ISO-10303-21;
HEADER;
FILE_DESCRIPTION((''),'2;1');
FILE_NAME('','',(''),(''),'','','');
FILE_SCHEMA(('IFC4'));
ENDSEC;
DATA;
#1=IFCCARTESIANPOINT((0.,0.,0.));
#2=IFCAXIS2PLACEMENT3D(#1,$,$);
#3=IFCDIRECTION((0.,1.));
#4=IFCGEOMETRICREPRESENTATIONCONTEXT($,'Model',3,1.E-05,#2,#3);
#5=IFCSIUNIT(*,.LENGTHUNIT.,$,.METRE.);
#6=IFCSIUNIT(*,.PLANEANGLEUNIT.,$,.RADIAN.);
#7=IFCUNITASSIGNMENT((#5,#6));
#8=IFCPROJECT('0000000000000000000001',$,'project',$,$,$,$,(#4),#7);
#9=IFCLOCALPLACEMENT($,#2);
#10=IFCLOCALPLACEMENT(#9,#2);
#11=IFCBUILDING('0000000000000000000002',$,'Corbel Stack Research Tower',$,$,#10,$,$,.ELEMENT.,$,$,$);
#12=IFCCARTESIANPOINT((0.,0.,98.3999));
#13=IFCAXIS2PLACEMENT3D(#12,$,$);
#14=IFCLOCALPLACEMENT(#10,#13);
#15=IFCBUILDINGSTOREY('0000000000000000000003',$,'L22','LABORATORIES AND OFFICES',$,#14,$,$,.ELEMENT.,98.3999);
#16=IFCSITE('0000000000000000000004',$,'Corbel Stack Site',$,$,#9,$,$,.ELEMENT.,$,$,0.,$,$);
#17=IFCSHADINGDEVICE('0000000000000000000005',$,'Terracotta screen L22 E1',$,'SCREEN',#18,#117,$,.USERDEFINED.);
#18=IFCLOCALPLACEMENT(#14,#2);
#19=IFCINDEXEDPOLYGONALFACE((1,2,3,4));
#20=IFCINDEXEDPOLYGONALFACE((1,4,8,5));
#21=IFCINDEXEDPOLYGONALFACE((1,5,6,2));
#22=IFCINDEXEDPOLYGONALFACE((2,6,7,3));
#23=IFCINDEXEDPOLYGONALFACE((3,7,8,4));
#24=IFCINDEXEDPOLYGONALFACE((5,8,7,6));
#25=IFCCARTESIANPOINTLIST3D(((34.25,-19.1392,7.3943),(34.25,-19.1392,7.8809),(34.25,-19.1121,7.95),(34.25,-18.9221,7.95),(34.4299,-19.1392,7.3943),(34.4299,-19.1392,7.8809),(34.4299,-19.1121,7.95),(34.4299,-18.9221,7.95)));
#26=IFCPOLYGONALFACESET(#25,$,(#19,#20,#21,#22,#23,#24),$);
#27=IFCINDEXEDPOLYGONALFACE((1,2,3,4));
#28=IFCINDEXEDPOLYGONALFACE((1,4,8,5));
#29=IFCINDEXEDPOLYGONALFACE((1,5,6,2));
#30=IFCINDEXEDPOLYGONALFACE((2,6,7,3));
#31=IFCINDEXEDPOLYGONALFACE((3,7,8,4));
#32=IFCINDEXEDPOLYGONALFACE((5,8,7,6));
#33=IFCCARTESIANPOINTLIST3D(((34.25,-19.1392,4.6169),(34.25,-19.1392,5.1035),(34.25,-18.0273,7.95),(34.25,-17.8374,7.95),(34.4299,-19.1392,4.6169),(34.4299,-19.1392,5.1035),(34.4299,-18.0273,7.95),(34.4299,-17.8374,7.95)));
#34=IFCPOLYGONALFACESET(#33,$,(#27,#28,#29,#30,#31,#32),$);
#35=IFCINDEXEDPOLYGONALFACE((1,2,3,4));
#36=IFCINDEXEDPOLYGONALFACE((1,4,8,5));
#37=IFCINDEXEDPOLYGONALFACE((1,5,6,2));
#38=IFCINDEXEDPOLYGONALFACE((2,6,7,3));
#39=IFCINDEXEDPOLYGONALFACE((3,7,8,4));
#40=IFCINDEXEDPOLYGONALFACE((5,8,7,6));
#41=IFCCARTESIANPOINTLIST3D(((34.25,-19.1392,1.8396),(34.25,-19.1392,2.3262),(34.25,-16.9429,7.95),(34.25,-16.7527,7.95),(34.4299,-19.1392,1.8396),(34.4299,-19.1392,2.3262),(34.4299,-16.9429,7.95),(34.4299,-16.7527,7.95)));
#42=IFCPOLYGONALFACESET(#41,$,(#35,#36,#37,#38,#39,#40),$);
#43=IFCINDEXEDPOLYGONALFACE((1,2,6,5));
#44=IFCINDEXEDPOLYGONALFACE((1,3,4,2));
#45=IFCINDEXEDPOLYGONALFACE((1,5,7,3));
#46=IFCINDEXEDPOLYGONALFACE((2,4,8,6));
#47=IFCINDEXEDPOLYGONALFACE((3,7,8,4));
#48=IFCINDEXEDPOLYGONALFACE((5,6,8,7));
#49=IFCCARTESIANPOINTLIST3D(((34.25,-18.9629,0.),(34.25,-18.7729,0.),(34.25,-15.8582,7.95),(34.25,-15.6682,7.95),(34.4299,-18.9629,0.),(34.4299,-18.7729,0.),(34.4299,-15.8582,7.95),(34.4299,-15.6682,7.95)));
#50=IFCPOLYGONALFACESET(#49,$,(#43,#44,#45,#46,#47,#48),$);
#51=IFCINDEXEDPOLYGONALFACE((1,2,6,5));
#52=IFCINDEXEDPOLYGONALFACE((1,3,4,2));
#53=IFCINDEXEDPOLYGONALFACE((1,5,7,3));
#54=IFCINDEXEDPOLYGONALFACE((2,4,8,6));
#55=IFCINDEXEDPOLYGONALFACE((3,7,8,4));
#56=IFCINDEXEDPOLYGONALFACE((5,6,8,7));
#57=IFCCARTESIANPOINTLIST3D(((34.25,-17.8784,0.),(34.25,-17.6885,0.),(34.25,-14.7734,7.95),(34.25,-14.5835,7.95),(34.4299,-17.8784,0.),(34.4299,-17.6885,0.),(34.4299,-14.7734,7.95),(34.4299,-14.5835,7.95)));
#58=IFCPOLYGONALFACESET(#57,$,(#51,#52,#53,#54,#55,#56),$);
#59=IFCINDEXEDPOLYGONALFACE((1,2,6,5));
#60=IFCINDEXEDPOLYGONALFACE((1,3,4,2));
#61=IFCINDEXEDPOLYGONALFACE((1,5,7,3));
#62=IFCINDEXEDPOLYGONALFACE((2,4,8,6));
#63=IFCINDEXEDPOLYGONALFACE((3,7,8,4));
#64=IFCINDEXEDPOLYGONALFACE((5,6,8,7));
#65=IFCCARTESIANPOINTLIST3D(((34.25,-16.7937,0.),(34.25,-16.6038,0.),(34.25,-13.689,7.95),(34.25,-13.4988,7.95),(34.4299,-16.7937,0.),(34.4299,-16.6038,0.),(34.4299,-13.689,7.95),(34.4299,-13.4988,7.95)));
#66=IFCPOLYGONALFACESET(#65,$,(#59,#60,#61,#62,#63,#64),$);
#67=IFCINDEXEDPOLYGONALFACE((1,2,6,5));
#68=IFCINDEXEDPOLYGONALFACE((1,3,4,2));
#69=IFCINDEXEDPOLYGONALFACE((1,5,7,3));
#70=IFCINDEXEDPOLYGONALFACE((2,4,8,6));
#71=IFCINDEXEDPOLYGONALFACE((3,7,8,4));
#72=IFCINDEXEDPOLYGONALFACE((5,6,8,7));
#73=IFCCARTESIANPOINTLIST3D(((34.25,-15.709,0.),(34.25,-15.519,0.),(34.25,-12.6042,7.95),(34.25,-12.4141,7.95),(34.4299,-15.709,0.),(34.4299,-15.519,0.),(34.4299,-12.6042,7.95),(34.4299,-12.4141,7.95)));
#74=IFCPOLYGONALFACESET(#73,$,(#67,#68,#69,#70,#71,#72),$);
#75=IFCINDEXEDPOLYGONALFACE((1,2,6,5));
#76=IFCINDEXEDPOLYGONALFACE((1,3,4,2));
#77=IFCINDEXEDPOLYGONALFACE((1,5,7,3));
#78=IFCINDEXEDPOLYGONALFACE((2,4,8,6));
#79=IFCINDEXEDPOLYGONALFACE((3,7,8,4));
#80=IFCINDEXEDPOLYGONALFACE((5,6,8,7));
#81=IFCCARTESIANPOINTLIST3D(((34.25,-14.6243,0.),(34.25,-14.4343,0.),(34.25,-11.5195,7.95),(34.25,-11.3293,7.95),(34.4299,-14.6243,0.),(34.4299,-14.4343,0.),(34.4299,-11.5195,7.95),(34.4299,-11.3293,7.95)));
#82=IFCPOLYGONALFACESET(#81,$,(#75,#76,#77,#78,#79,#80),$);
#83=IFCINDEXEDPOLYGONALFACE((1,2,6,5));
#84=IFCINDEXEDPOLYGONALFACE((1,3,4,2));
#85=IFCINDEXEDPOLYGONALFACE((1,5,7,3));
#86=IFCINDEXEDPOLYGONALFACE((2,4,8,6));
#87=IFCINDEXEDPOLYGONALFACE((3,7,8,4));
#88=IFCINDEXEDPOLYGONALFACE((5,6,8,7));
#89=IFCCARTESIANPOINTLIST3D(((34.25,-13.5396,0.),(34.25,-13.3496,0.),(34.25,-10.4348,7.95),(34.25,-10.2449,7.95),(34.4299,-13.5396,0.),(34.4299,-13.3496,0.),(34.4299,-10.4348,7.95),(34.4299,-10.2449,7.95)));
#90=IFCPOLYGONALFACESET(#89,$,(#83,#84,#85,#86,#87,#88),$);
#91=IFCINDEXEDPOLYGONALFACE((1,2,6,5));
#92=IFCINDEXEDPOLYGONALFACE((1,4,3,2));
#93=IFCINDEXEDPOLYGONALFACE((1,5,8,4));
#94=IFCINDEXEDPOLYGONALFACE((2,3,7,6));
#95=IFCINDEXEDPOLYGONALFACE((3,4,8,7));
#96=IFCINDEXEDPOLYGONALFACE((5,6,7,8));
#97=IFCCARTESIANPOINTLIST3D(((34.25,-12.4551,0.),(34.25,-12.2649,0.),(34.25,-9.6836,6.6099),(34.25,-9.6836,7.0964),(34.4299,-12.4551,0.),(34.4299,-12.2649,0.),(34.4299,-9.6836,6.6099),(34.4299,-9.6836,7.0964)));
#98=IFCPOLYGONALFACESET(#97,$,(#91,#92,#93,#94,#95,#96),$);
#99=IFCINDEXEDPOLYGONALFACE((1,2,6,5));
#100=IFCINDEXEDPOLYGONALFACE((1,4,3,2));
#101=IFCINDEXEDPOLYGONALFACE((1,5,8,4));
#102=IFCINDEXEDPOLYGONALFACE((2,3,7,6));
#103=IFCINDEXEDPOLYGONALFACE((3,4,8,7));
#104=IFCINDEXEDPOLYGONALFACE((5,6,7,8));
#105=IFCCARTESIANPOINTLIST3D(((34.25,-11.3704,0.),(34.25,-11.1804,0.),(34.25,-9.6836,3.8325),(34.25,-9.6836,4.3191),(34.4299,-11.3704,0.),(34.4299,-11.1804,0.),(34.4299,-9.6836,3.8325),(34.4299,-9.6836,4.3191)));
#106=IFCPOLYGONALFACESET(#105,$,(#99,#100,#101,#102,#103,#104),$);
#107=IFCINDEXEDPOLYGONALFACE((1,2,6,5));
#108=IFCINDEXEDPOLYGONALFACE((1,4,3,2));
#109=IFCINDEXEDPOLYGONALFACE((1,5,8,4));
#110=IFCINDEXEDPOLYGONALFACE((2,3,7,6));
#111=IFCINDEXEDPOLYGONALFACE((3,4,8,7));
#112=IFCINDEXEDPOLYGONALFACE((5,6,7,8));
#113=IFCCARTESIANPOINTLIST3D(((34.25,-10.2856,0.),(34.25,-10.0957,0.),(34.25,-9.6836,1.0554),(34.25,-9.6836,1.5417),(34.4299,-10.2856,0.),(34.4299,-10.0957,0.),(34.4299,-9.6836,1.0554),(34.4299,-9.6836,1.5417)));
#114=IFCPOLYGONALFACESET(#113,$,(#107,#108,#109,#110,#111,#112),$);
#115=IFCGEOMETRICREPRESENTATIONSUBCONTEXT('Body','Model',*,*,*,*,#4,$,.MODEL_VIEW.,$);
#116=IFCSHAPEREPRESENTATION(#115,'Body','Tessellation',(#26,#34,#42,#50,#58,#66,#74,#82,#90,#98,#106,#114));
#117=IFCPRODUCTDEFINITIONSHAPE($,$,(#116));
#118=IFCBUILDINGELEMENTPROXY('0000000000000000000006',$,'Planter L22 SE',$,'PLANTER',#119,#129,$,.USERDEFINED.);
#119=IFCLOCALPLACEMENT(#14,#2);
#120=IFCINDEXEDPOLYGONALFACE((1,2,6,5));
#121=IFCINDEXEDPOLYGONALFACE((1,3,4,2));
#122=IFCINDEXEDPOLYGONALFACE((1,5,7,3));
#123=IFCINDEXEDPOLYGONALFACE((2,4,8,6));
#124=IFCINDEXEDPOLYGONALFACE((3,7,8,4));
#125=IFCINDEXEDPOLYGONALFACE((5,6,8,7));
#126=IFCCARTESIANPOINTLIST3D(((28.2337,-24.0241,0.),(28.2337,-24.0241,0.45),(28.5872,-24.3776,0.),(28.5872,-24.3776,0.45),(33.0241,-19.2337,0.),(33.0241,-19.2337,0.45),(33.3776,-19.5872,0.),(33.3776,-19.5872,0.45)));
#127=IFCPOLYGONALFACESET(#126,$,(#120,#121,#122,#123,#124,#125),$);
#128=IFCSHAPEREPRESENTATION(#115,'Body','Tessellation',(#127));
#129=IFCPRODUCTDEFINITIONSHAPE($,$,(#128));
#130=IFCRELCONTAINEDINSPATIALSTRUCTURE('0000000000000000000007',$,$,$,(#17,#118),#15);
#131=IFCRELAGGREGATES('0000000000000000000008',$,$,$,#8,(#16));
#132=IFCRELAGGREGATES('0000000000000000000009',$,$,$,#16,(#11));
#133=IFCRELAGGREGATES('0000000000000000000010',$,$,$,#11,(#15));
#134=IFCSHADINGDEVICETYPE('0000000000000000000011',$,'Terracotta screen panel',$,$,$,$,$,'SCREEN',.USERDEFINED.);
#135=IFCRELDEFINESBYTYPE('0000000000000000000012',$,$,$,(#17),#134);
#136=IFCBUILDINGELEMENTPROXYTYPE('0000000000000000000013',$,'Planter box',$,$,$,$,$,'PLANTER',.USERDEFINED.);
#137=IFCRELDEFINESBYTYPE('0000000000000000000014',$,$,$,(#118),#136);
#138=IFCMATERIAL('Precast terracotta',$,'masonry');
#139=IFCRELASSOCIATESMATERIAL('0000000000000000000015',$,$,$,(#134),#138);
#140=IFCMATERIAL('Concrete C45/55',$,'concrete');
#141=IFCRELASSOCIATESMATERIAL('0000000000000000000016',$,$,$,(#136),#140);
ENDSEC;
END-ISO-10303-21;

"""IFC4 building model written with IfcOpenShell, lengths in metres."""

from ifc_helpers import new_model, si_unit, direction, frame, origin, origin_2d, place, context, subcontext, project, spatial, polyline, rectangle, outline, extrude, source, transform, mapped, material, type_object, element, save


model = new_model("IFC4")

# Units and contexts
model_context = context("Model", 3, precision=1e-05, world=origin(), true_north=direction((0.0, 1.0)))
body_context = subcontext(model_context, "Body", "Model", "MODEL_VIEW")
ifc_project = project(units=[si_unit("LENGTHUNIT", "METRE"), si_unit("PLANEANGLEUNIT", "RADIAN")], contexts=[model_context])

# Site, building, storey
site_placement = place(None, origin())
site = spatial("IfcSite", under=ifc_project, at=site_placement, Name="Corbel Stack Site", CompositionType="ELEMENT", RefElevation=0.0)
building_placement = place(site_placement, origin())
building = spatial("IfcBuilding", under=site, at=building_placement, Name="Corbel Stack Research Tower", CompositionType="ELEMENT")
storey_placement = place(building_placement, frame((0.0, 0.0, 98.3999)))
storey = spatial("IfcBuildingStorey", under=building, at=storey_placement, Name="L22", Description="LABORATORIES AND OFFICES", CompositionType="ELEMENT", Elevation=98.3999)

# Shading device
ifc_material_1 = material(Name="Precast terracotta", Category="masonry")
shading_device_type = type_object("IfcShadingDeviceType", Name="Terracotta screen panel", ElementType="SCREEN", PredefinedType="USERDEFINED", material=ifc_material_1)
shared_shape_1 = source(origin(), body_context, "Body", "SweptSolid", [
    extrude(outline(polyline([(0.217, 7.95), (0.0271, 7.95), (0.0, 7.8809), (0.0, 7.3943), (0.217, 7.95)])), frame((0.0, 0.0, 0.0), z_axis=(0.0, -1.0, 0.0), x_axis=(1.0, 0.0, 0.0)), (0.0, 0.0, 1.0), 0.1799),
    extrude(outline(polyline([(1.3018, 7.95), (1.1118, 7.95), (0.0, 5.1035), (0.0, 4.6169), (1.3018, 7.95)])), frame((0.0, 0.0, 0.0), z_axis=(0.0, -1.0, 0.0), x_axis=(1.0, 0.0, 0.0)), (0.0, 0.0, 1.0), 0.1799),
    extrude(outline(polyline([(2.3865, 7.95), (2.1963, 7.95), (0.0, 2.3262), (0.0, 1.8396), (2.3865, 7.95)])), frame((0.0, 0.0, 0.0), z_axis=(0.0, -1.0, 0.0), x_axis=(1.0, 0.0, 0.0)), (0.0, 0.0, 1.0), 0.1799),
    extrude(outline(polyline([(0.3662, 0.0), (3.4709, 7.95), (3.281, 7.95), (0.1763, 0.0), (0.3662, 0.0)])), frame((0.0, 0.0, 0.0), z_axis=(0.0, -1.0, 0.0), x_axis=(1.0, 0.0, 0.0)), (0.0, 0.0, 1.0), 0.1799),
    extrude(outline(polyline([(1.4507, 0.0), (4.5557, 7.95), (4.3657, 7.95), (1.2607, 0.0), (1.4507, 0.0)])), frame((0.0, 0.0, 0.0), z_axis=(0.0, -1.0, 0.0), x_axis=(1.0, 0.0, 0.0)), (0.0, 0.0, 1.0), 0.1799),
    extrude(outline(polyline([(2.5354, 0.0), (5.6404, 7.95), (5.4502, 7.95), (2.3455, 0.0), (2.5354, 0.0)])), frame((0.0, 0.0, 0.0), z_axis=(0.0, -1.0, 0.0), x_axis=(1.0, 0.0, 0.0)), (0.0, 0.0, 1.0), 0.1799),
    extrude(outline(polyline([(3.6201, 0.0), (6.7251, 7.95), (6.5349, 7.95), (3.4302, 0.0), (3.6201, 0.0)])), frame((0.0, 0.0, 0.0), z_axis=(0.0, -1.0, 0.0), x_axis=(1.0, 0.0, 0.0)), (0.0, 0.0, 1.0), 0.1799),
    extrude(outline(polyline([(4.7048, 0.0), (7.8098, 7.95), (7.6196, 7.95), (4.5149, 0.0), (4.7048, 0.0)])), frame((0.0, 0.0, 0.0), z_axis=(0.0, -1.0, 0.0), x_axis=(1.0, 0.0, 0.0)), (0.0, 0.0, 1.0), 0.1799),
    extrude(outline(polyline([(5.7896, 0.0), (8.8943, 7.95), (8.7043, 7.95), (5.5996, 0.0), (5.7896, 0.0)])), frame((0.0, 0.0, 0.0), z_axis=(0.0, -1.0, 0.0), x_axis=(1.0, 0.0, 0.0)), (0.0, 0.0, 1.0), 0.1799),
    extrude(outline(polyline([(6.8743, 0.0), (9.4556, 6.6099), (9.4556, 7.0964), (6.6841, 0.0), (6.8743, 0.0)])), frame((0.0, 0.0, 0.0), z_axis=(0.0, -1.0, 0.0), x_axis=(1.0, 0.0, 0.0)), (0.0, 0.0, 1.0), 0.1799),
    extrude(outline(polyline([(7.9587, 0.0), (9.4556, 3.8325), (9.4556, 4.3191), (7.7688, 0.0), (7.9587, 0.0)])), frame((0.0, 0.0, 0.0), z_axis=(0.0, -1.0, 0.0), x_axis=(1.0, 0.0, 0.0)), (0.0, 0.0, 1.0), 0.1799),
    extrude(outline(polyline([(9.0435, 0.0), (9.4556, 1.0554), (9.4556, 1.5417), (8.8535, 0.0), (9.0435, 0.0)])), frame((0.0, 0.0, 0.0), z_axis=(0.0, -1.0, 0.0), x_axis=(1.0, 0.0, 0.0)), (0.0, 0.0, 1.0), 0.1799),
])
shading_device_1_placement = place(storey_placement, frame((34.25, -19.1392, 0.0), z_axis=(0.0, 0.0, 1.0), x_axis=(0.0, 1.0, 0.0)))
element("IfcShadingDevice", 1, at=shading_device_1_placement, inside=storey, type_object=shading_device_type, Name="Terracotta screen L22 E1", ObjectType="SCREEN", PredefinedType="USERDEFINED", context=body_context, shape_type="MappedRepresentation", body=[
    mapped(shared_shape_1, transform((0.0, 0.0, 0.0))),
])

# Building element proxy
ifc_material_2 = material(Name="Concrete C45/55", Category="concrete")
building_element_proxy_type = type_object("IfcBuildingElementProxyType", Name="Planter box", ElementType="PLANTER", PredefinedType="USERDEFINED", material=ifc_material_2)
proxy_placement = place(storey_placement, frame((30.8057, -21.8057, 0.0), z_axis=(0.0, 0.0, 1.0), x_axis=(0.707107, 0.707107, 0.0)))
element("IfcBuildingElementProxy", 2, at=proxy_placement, inside=storey, type_object=building_element_proxy_type, Name="Planter L22 SE", ObjectType="PLANTER", PredefinedType="USERDEFINED", context=body_context, shape_type="SweptSolid", body=[
    extrude(rectangle(XDim=6.7747, YDim=0.5, at=origin_2d()), origin(), (0.0, 0.0, 1.0), 0.45),
])

save(model, "model.ifc")
